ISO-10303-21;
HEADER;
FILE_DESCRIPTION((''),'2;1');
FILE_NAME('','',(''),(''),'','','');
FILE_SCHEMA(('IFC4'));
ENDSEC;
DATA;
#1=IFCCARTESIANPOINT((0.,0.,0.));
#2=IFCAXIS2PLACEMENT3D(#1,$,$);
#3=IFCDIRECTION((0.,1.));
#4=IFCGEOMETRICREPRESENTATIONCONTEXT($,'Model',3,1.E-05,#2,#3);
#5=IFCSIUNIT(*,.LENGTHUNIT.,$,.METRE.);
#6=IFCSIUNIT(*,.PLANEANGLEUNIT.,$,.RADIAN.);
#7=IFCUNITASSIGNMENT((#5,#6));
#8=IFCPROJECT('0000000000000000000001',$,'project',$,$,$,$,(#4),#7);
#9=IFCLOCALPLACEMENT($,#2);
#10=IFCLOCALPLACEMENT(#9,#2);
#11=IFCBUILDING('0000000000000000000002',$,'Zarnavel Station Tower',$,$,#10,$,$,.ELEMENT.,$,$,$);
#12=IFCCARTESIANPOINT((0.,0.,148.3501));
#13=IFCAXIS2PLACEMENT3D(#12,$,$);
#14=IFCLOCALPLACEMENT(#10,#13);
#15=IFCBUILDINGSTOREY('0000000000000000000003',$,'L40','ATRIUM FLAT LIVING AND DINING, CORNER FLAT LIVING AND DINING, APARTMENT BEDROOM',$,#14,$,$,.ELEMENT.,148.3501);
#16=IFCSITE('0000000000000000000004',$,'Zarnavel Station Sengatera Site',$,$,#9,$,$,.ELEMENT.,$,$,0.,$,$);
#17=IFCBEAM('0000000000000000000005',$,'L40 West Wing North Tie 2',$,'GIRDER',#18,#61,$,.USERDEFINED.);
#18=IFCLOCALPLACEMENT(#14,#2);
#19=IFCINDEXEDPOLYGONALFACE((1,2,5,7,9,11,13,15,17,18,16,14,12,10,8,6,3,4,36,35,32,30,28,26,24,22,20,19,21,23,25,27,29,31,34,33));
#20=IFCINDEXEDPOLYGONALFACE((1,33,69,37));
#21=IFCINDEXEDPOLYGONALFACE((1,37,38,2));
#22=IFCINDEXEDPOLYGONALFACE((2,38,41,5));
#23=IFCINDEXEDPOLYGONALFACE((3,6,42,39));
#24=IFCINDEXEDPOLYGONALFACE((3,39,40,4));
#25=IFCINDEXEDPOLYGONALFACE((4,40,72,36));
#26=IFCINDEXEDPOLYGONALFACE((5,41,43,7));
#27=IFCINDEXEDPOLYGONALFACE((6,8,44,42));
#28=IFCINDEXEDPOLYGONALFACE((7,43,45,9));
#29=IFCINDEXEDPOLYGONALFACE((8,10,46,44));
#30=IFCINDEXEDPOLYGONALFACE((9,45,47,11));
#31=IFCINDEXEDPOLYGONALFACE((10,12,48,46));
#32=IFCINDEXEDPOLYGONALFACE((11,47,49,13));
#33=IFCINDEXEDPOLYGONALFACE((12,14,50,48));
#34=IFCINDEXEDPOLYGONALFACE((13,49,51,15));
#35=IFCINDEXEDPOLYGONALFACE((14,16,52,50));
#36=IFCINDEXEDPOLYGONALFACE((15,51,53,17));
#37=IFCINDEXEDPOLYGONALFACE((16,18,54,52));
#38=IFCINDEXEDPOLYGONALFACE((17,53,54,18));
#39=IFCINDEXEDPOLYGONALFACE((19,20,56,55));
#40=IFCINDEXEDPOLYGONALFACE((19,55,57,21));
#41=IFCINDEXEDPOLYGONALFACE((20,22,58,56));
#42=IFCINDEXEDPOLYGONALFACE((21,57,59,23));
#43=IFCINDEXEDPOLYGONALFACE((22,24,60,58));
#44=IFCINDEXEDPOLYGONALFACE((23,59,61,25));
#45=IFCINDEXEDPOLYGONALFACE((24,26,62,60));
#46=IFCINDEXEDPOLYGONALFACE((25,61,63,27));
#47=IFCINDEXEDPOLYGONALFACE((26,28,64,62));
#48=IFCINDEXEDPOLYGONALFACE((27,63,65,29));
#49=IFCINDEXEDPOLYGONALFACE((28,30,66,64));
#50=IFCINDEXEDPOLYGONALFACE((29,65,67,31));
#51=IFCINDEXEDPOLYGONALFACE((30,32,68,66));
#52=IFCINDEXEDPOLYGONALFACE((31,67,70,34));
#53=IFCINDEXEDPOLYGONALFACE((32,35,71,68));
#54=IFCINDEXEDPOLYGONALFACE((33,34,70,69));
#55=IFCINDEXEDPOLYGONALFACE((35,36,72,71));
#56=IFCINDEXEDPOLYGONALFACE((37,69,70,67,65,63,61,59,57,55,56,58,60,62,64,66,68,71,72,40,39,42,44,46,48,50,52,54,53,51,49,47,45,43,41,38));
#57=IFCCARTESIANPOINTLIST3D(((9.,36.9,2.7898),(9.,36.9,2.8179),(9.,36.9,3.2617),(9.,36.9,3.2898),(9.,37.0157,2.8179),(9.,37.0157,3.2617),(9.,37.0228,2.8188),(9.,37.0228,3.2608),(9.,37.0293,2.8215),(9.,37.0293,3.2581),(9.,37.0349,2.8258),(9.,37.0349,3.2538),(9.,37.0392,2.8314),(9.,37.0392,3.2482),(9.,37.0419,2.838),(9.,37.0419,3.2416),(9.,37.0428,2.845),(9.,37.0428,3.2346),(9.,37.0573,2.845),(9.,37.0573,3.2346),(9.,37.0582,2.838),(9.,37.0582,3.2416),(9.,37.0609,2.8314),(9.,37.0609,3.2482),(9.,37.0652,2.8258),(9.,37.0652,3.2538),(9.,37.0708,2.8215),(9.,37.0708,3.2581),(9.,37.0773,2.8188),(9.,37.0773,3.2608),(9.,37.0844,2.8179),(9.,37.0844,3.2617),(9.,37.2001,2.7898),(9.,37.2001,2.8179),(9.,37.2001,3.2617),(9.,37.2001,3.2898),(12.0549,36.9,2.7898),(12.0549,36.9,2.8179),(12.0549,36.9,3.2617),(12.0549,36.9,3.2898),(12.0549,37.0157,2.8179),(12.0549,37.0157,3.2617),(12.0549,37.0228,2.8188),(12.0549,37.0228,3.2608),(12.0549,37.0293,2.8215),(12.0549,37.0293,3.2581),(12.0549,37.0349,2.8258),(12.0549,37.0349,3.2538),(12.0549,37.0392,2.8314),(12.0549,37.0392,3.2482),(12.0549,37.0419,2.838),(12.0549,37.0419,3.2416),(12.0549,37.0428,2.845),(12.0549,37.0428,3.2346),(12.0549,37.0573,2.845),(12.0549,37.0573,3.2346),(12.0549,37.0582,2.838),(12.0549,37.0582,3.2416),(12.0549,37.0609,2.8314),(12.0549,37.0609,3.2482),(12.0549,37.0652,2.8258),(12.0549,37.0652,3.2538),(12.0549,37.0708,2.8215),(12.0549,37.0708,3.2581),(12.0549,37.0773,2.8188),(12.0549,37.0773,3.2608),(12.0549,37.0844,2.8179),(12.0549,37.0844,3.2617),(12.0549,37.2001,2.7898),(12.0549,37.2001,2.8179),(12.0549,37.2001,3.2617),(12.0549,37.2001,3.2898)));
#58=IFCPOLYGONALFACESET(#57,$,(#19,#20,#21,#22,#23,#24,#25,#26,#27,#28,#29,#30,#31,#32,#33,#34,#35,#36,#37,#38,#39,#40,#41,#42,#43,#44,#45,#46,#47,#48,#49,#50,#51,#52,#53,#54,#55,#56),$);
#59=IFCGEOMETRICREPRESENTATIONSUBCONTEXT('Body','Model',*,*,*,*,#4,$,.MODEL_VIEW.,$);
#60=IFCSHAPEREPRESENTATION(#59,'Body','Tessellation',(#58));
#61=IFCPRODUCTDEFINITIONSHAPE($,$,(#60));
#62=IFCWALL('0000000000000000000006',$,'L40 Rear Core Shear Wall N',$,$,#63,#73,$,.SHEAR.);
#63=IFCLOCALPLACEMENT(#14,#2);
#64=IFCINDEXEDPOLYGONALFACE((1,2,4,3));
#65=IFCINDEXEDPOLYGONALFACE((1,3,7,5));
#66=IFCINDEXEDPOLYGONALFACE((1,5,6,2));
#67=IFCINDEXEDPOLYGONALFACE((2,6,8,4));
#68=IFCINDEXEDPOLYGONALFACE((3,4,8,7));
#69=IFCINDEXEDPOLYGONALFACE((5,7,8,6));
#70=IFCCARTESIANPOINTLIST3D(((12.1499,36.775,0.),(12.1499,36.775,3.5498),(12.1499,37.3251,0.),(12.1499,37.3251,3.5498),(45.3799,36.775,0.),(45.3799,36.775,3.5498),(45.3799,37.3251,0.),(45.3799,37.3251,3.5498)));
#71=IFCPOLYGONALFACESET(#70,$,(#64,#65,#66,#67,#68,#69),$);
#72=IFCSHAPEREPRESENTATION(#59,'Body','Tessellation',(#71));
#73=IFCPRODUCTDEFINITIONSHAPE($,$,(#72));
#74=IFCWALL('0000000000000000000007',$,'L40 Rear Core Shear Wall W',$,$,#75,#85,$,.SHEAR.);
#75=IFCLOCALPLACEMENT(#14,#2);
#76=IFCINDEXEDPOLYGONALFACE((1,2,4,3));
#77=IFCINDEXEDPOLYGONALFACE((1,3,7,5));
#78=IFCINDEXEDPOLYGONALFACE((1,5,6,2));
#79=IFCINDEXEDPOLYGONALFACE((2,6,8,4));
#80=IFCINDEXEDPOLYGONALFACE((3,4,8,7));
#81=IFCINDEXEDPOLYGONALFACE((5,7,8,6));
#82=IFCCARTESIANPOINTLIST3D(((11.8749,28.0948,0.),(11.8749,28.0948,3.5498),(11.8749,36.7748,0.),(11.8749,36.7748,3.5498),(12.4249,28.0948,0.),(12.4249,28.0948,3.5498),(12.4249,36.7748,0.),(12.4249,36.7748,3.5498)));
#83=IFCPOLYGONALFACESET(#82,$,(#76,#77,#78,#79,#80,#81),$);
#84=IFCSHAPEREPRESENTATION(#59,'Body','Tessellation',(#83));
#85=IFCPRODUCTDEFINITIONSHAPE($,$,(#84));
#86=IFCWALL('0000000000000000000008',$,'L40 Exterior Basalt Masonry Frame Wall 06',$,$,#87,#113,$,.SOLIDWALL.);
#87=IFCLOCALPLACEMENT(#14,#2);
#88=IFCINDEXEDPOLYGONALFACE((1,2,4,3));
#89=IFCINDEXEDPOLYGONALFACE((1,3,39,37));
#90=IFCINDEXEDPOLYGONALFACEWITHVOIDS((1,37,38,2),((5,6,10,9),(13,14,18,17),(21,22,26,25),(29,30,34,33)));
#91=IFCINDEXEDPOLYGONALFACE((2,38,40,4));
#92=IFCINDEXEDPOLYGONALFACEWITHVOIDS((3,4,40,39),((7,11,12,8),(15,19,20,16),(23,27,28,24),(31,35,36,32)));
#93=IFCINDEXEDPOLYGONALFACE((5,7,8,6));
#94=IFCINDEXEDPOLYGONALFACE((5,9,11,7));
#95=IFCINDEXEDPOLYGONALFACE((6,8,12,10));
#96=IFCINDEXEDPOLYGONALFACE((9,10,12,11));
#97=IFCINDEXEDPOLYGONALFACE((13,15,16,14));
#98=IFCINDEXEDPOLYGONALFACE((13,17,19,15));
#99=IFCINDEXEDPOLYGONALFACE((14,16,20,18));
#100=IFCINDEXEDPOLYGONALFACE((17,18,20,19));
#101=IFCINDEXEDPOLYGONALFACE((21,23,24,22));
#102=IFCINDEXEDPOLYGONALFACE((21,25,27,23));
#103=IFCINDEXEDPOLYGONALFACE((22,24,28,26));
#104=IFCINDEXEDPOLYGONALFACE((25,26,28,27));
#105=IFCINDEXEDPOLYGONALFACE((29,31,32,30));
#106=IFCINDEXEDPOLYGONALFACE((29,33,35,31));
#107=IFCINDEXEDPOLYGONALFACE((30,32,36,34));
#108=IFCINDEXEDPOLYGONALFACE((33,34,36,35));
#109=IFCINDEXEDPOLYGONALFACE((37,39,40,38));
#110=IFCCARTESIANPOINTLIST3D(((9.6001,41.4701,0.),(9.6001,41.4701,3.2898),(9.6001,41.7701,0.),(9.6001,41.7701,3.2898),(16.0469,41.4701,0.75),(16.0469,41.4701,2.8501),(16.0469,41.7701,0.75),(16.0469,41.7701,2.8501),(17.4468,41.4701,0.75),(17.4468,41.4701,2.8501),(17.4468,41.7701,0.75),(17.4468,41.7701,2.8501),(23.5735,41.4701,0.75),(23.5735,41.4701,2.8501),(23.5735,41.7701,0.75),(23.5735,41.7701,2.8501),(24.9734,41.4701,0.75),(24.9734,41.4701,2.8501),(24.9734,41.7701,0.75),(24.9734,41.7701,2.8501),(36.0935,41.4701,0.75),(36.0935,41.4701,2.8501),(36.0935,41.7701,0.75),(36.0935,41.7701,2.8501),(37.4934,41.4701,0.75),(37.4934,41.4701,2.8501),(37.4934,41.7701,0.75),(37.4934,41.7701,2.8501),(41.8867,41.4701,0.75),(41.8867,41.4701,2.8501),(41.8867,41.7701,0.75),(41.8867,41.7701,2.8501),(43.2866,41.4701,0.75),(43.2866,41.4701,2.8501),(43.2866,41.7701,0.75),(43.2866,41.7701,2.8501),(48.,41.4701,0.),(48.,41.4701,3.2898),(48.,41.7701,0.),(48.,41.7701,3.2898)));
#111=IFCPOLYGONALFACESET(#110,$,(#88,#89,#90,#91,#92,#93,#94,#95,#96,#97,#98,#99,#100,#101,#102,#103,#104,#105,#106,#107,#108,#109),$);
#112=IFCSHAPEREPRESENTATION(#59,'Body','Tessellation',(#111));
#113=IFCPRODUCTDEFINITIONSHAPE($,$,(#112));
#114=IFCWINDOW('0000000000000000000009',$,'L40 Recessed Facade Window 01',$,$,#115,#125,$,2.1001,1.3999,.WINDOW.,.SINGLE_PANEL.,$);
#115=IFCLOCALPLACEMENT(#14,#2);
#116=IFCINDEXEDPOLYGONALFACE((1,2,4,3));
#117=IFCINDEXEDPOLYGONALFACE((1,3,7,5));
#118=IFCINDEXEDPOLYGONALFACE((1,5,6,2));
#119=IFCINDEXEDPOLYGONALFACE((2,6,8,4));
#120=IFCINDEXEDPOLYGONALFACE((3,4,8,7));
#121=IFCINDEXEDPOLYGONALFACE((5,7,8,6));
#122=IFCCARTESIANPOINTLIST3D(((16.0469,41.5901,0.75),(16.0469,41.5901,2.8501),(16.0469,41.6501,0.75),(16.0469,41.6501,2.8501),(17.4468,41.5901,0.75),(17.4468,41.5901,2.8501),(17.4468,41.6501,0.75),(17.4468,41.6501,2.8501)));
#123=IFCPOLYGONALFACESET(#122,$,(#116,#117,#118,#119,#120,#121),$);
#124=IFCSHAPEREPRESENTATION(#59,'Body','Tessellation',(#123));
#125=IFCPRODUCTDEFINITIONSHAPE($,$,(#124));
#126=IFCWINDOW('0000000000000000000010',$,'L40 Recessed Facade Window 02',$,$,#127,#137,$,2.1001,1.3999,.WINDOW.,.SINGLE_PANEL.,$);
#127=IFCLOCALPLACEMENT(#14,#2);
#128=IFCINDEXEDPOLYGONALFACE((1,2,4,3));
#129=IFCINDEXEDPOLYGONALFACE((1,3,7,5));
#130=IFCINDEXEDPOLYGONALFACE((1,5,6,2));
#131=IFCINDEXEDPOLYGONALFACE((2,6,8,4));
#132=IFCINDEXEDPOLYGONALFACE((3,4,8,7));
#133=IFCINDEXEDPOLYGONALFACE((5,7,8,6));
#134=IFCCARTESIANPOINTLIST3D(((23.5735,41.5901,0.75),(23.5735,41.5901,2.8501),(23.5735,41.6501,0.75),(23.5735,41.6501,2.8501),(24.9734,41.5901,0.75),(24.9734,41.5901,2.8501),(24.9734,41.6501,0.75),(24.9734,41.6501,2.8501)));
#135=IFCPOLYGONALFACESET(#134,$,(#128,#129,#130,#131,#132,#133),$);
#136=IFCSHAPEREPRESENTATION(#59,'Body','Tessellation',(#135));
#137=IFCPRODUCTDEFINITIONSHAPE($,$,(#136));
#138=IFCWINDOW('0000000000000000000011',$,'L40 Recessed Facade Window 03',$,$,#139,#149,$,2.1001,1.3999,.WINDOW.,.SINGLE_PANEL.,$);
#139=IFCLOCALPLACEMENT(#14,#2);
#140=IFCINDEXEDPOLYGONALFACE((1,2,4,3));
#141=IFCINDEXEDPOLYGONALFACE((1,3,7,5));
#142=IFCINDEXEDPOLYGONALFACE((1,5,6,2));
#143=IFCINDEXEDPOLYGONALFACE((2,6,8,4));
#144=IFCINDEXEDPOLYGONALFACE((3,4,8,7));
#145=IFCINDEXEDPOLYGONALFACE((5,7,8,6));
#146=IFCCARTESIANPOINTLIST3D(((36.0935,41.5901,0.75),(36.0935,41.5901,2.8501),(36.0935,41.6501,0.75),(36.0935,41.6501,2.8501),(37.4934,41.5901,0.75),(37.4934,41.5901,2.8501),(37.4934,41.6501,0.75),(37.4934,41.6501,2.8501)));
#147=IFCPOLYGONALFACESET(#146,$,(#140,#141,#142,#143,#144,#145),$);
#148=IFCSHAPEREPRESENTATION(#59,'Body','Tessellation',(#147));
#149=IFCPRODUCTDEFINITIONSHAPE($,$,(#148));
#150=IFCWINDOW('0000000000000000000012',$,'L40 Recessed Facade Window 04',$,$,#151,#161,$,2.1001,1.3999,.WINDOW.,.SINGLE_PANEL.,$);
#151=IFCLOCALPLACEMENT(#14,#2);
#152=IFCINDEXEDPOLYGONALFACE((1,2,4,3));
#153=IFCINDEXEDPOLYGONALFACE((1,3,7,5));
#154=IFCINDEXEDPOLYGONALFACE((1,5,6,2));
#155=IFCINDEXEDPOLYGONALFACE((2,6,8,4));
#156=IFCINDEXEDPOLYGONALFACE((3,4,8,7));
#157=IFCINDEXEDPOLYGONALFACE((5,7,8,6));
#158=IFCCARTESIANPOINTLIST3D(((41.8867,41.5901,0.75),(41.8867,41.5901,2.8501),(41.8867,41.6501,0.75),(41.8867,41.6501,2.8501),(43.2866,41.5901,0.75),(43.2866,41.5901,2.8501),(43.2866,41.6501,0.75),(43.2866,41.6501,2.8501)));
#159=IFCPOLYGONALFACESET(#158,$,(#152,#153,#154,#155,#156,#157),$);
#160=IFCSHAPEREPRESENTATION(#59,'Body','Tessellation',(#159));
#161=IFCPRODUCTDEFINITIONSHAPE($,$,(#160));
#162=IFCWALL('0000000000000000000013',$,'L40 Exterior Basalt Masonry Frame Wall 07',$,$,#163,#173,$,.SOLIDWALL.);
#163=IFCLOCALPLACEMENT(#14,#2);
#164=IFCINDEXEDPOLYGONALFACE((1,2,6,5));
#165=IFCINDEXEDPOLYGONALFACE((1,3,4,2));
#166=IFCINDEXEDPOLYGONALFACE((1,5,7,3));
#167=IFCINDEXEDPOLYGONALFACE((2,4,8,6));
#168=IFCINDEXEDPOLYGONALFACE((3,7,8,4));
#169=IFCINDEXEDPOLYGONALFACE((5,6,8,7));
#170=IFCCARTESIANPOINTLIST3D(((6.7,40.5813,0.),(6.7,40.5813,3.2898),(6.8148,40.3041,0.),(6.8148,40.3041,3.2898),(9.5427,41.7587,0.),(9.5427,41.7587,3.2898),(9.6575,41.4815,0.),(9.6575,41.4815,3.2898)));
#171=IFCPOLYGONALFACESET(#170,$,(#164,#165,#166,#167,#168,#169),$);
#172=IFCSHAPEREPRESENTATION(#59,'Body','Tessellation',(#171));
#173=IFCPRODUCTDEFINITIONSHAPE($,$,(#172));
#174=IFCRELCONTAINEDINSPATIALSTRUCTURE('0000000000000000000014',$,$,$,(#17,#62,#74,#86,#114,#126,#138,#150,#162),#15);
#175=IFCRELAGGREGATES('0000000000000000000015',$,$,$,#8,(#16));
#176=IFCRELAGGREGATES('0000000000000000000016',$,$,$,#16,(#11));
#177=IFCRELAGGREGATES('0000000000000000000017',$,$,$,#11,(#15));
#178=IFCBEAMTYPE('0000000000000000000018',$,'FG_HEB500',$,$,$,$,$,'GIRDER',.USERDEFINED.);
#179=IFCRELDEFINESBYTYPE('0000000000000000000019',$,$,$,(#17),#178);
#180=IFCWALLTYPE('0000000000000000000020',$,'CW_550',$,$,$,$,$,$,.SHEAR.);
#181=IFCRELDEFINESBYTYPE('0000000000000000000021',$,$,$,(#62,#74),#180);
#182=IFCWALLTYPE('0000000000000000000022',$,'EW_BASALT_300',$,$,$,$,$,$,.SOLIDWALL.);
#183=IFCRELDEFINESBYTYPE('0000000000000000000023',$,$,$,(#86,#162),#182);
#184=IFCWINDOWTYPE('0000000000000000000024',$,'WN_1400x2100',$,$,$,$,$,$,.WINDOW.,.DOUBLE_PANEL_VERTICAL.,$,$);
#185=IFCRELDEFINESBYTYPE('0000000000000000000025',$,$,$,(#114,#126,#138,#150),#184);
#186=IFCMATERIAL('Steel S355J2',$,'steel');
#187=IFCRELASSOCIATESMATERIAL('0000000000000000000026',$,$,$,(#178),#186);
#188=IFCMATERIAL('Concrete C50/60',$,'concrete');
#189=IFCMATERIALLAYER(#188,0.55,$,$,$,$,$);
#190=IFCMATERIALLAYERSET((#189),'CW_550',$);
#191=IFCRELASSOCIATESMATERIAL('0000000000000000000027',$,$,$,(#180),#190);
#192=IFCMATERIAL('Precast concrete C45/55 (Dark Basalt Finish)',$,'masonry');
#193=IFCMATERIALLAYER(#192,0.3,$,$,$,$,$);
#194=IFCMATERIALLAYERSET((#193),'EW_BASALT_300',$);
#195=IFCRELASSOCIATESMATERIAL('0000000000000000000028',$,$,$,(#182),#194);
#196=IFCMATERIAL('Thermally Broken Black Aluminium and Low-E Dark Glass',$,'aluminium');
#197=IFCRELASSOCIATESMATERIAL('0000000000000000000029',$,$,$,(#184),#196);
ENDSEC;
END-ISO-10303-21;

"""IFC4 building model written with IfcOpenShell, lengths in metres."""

from ifc_helpers import new_model, si_unit, direction, frame, frame_2d, origin, origin_2d, place, context, subcontext, project, spatial, rectangle, i_section, extrude, material, layer, layer_set, material_profile, profile_set, type_object, element, fill, save


model = new_model("IFC4")

# Units and contexts
model_context = context("Model", 3, precision=1e-05, world=origin(), true_north=direction((0.0, 1.0)))
body_context = subcontext(model_context, "Body", "Model", "MODEL_VIEW")
ifc_project = project(units=[si_unit("LENGTHUNIT", "METRE"), si_unit("PLANEANGLEUNIT", "RADIAN")], contexts=[model_context])

# Site, building, storey
site_placement = place(None, origin())
site = spatial("IfcSite", under=ifc_project, at=site_placement, Name="Zarnavel Station Sengatera Site", CompositionType="ELEMENT", RefElevation=0.0)
building_placement = place(site_placement, origin())
building = spatial("IfcBuilding", under=site, at=building_placement, Name="Zarnavel Station Tower", CompositionType="ELEMENT")
storey_placement = place(building_placement, frame((0.0, 0.0, 148.3501)))
storey = spatial("IfcBuildingStorey", under=building, at=storey_placement, Name="L40", Description="ATRIUM FLAT LIVING AND DINING, CORNER FLAT LIVING AND DINING, APARTMENT BEDROOM", CompositionType="ELEMENT", Elevation=148.3501)

# Beam
ifc_material_1 = material(Name="Steel S355J2", Category="steel")
ifc_material_profile_1 = material_profile(ifc_material_1, i_section(OverallWidth=0.3, OverallDepth=0.5, WebThickness=0.0144, FlangeThickness=0.0281, FilletRadius=0.0271, at=origin_2d()), Name="HEB500")
ifc_profile_set_1 = profile_set([ifc_material_profile_1], Name="Steel S355J2")
beam_type = type_object("IfcBeamType", Name="FG_HEB500", ElementType="GIRDER", PredefinedType="USERDEFINED", material=ifc_profile_set_1)
beam_1_placement = place(storey_placement, frame((9.0, 37.05, 3.0398), z_axis=(1.0, 0.0, 0.0), x_axis=(0.0, 1.0, 0.0)))
element("IfcBeam", 1, at=beam_1_placement, inside=storey, type_object=beam_type, Name="L40 West Wing North Tie 2", ObjectType="GIRDER", PredefinedType="USERDEFINED", context=body_context, shape_type="SweptSolid", body=[
    extrude(i_section(OverallWidth=0.3, OverallDepth=0.5, WebThickness=0.0144, FlangeThickness=0.0281, FilletRadius=0.0271, at=origin_2d()), origin(), (0.0, 0.0, 1.0), 3.0549),
])

# Walls
ifc_material_2 = material(Name="Concrete C50/60", Category="concrete")
ifc_layer_1 = layer(ifc_material_2, 0.55)
ifc_layer_set_1 = layer_set([ifc_layer_1], Name="CW_550")
wall_type_1 = type_object("IfcWallType", Name="CW_550", PredefinedType="SHEAR", material=ifc_layer_set_1)
wall_1_placement = place(storey_placement, frame((12.1499, 37.05, 0.0), z_axis=(0.0, 0.0, 1.0), x_axis=(1.0, 0.0, 0.0)))
element("IfcWall", 2, at=wall_1_placement, inside=storey, type_object=wall_type_1, Name="L40 Rear Core Shear Wall N", PredefinedType="SHEAR", context=body_context, shape_type="SweptSolid", body=[
    extrude(rectangle(XDim=33.23, YDim=0.55, at=frame_2d((16.615, 0.0))), origin(), (0.0, 0.0, 1.0), 3.5498),
])
wall_2_placement = place(storey_placement, frame((12.1499, 28.095, 0.0), z_axis=(0.0, 0.0, 1.0), x_axis=(0.0, 1.0, 0.0)))
element("IfcWall", 3, at=wall_2_placement, inside=storey, type_object=wall_type_1, Name="L40 Rear Core Shear Wall W", PredefinedType="SHEAR", context=body_context, shape_type="SweptSolid", body=[
    extrude(rectangle(XDim=8.6799, YDim=0.55, at=frame_2d((4.3398, 0.0))), origin(), (0.0, 0.0, 1.0), 3.5498),
])

# Wall, openings, windows
ifc_material_3 = material(Name="Precast concrete C45/55 (Dark Basalt Finish)", Category="masonry")
ifc_layer_2 = layer(ifc_material_3, 0.3)
ifc_layer_set_2 = layer_set([ifc_layer_2], Name="EW_BASALT_300")
wall_type_2 = type_object("IfcWallType", Name="EW_BASALT_300", PredefinedType="SOLIDWALL", material=ifc_layer_set_2)
wall_3_placement = place(storey_placement, frame((9.6001, 41.6201, 0.0), z_axis=(0.0, 0.0, 1.0), x_axis=(1.0, 0.0, 0.0)))
wall_3 = element("IfcWall", 4, at=wall_3_placement, inside=storey, type_object=wall_type_2, Name="L40 Exterior Basalt Masonry Frame Wall 06", PredefinedType="SOLIDWALL", context=body_context, shape_type="SweptSolid", body=[
    extrude(rectangle(XDim=38.3999, YDim=0.3, at=frame_2d((19.2, 0.0))), origin(), (0.0, 0.0, 1.0), 3.2898),
])
opening_1_placement = place(wall_3_placement, frame((6.4468, 0.0, 0.75)))
opening_1 = element("IfcOpeningElement", 5, at=opening_1_placement, cuts=wall_3, PredefinedType="OPENING", context=body_context, shape_type="SweptSolid", body=[
    extrude(rectangle(XDim=1.3999, YDim=2.1001, at=frame_2d((0.7, 1.05))), frame((0.0, 0.1599, 0.0), z_axis=(0.0, -1.0, 0.0), x_axis=(1.0, 0.0, 0.0)), (0.0, 0.0, 1.0), 0.3201),
])
opening_2_placement = place(wall_3_placement, frame((13.9734, 0.0, 0.75)))
opening_2 = element("IfcOpeningElement", 6, at=opening_2_placement, cuts=wall_3, PredefinedType="OPENING", context=body_context, shape_type="SweptSolid", body=[
    extrude(rectangle(XDim=1.3999, YDim=2.1001, at=frame_2d((0.7, 1.05))), frame((0.0, 0.1599, 0.0), z_axis=(0.0, -1.0, 0.0), x_axis=(1.0, 0.0, 0.0)), (0.0, 0.0, 1.0), 0.3201),
])
opening_3_placement = place(wall_3_placement, frame((26.4934, 0.0, 0.75)))
opening_3 = element("IfcOpeningElement", 7, at=opening_3_placement, cuts=wall_3, PredefinedType="OPENING", context=body_context, shape_type="SweptSolid", body=[
    extrude(rectangle(XDim=1.3999, YDim=2.1001, at=frame_2d((0.7, 1.05))), frame((0.0, 0.1599, 0.0), z_axis=(0.0, -1.0, 0.0), x_axis=(1.0, 0.0, 0.0)), (0.0, 0.0, 1.0), 0.3201),
])
opening_4_placement = place(wall_3_placement, frame((32.2866, 0.0, 0.75)))
opening_4 = element("IfcOpeningElement", 8, at=opening_4_placement, cuts=wall_3, PredefinedType="OPENING", context=body_context, shape_type="SweptSolid", body=[
    extrude(rectangle(XDim=1.3999, YDim=2.1001, at=frame_2d((0.7, 1.05))), frame((0.0, 0.1599, 0.0), z_axis=(0.0, -1.0, 0.0), x_axis=(1.0, 0.0, 0.0)), (0.0, 0.0, 1.0), 0.3201),
])
ifc_material_4 = material(Name="Thermally Broken Black Aluminium and Low-E Dark Glass", Category="aluminium")
window_type = type_object("IfcWindowType", Name="WN_1400x2100", PartitioningType="DOUBLE_PANEL_VERTICAL", PredefinedType="WINDOW", material=ifc_material_4)
window_1_placement = place(opening_1_placement, origin())
window_1 = element("IfcWindow", 9, at=window_1_placement, inside=storey, type_object=window_type, Name="L40 Recessed Facade Window 01", OverallHeight=2.1001, OverallWidth=1.3999, PartitioningType="SINGLE_PANEL", PredefinedType="WINDOW", context=body_context, shape_type="SweptSolid", body=[
    extrude(rectangle(XDim=1.3999, YDim=2.1001, at=frame_2d((0.7, 1.05))), frame((0.0, 0.03, 0.0), z_axis=(0.0, -1.0, 0.0), x_axis=(1.0, 0.0, 0.0)), (0.0, 0.0, 1.0), 0.0601),
])
fill(opening_1, window_1)
window_2_placement = place(opening_2_placement, origin())
window_2 = element("IfcWindow", 10, at=window_2_placement, inside=storey, type_object=window_type, Name="L40 Recessed Facade Window 02", OverallHeight=2.1001, OverallWidth=1.3999, PartitioningType="SINGLE_PANEL", PredefinedType="WINDOW", context=body_context, shape_type="SweptSolid", body=[
    extrude(rectangle(XDim=1.3999, YDim=2.1001, at=frame_2d((0.7, 1.05))), frame((0.0, 0.03, 0.0), z_axis=(0.0, -1.0, 0.0), x_axis=(1.0, 0.0, 0.0)), (0.0, 0.0, 1.0), 0.0601),
])
fill(opening_2, window_2)
window_3_placement = place(opening_3_placement, origin())
window_3 = element("IfcWindow", 11, at=window_3_placement, inside=storey, type_object=window_type, Name="L40 Recessed Facade Window 03", OverallHeight=2.1001, OverallWidth=1.3999, PartitioningType="SINGLE_PANEL", PredefinedType="WINDOW", context=body_context, shape_type="SweptSolid", body=[
    extrude(rectangle(XDim=1.3999, YDim=2.1001, at=frame_2d((0.7, 1.05))), frame((0.0, 0.03, 0.0), z_axis=(0.0, -1.0, 0.0), x_axis=(1.0, 0.0, 0.0)), (0.0, 0.0, 1.0), 0.0601),
])
fill(opening_3, window_3)
window_4_placement = place(opening_4_placement, origin())
window_4 = element("IfcWindow", 12, at=window_4_placement, inside=storey, type_object=window_type, Name="L40 Recessed Facade Window 04", OverallHeight=2.1001, OverallWidth=1.3999, PartitioningType="SINGLE_PANEL", PredefinedType="WINDOW", context=body_context, shape_type="SweptSolid", body=[
    extrude(rectangle(XDim=1.3999, YDim=2.1001, at=frame_2d((0.7, 1.05))), frame((0.0, 0.03, 0.0), z_axis=(0.0, -1.0, 0.0), x_axis=(1.0, 0.0, 0.0)), (0.0, 0.0, 1.0), 0.0601),
])
fill(opening_4, window_4)

# Wall
wall_4_placement = place(storey_placement, frame((6.7573, 40.4426, 0.0), z_axis=(0.0, 0.0, 1.0), x_axis=(0.923882, 0.382676, 0.0)))
element("IfcWall", 13, at=wall_4_placement, inside=storey, type_object=wall_type_2, Name="L40 Exterior Basalt Masonry Frame Wall 07", PredefinedType="SOLIDWALL", context=body_context, shape_type="SweptSolid", body=[
    extrude(rectangle(XDim=3.0769, YDim=0.3, at=frame_2d((1.5386, 0.0))), origin(), (0.0, 0.0, 1.0), 3.2898),
])

save(model, "model.ifc")
